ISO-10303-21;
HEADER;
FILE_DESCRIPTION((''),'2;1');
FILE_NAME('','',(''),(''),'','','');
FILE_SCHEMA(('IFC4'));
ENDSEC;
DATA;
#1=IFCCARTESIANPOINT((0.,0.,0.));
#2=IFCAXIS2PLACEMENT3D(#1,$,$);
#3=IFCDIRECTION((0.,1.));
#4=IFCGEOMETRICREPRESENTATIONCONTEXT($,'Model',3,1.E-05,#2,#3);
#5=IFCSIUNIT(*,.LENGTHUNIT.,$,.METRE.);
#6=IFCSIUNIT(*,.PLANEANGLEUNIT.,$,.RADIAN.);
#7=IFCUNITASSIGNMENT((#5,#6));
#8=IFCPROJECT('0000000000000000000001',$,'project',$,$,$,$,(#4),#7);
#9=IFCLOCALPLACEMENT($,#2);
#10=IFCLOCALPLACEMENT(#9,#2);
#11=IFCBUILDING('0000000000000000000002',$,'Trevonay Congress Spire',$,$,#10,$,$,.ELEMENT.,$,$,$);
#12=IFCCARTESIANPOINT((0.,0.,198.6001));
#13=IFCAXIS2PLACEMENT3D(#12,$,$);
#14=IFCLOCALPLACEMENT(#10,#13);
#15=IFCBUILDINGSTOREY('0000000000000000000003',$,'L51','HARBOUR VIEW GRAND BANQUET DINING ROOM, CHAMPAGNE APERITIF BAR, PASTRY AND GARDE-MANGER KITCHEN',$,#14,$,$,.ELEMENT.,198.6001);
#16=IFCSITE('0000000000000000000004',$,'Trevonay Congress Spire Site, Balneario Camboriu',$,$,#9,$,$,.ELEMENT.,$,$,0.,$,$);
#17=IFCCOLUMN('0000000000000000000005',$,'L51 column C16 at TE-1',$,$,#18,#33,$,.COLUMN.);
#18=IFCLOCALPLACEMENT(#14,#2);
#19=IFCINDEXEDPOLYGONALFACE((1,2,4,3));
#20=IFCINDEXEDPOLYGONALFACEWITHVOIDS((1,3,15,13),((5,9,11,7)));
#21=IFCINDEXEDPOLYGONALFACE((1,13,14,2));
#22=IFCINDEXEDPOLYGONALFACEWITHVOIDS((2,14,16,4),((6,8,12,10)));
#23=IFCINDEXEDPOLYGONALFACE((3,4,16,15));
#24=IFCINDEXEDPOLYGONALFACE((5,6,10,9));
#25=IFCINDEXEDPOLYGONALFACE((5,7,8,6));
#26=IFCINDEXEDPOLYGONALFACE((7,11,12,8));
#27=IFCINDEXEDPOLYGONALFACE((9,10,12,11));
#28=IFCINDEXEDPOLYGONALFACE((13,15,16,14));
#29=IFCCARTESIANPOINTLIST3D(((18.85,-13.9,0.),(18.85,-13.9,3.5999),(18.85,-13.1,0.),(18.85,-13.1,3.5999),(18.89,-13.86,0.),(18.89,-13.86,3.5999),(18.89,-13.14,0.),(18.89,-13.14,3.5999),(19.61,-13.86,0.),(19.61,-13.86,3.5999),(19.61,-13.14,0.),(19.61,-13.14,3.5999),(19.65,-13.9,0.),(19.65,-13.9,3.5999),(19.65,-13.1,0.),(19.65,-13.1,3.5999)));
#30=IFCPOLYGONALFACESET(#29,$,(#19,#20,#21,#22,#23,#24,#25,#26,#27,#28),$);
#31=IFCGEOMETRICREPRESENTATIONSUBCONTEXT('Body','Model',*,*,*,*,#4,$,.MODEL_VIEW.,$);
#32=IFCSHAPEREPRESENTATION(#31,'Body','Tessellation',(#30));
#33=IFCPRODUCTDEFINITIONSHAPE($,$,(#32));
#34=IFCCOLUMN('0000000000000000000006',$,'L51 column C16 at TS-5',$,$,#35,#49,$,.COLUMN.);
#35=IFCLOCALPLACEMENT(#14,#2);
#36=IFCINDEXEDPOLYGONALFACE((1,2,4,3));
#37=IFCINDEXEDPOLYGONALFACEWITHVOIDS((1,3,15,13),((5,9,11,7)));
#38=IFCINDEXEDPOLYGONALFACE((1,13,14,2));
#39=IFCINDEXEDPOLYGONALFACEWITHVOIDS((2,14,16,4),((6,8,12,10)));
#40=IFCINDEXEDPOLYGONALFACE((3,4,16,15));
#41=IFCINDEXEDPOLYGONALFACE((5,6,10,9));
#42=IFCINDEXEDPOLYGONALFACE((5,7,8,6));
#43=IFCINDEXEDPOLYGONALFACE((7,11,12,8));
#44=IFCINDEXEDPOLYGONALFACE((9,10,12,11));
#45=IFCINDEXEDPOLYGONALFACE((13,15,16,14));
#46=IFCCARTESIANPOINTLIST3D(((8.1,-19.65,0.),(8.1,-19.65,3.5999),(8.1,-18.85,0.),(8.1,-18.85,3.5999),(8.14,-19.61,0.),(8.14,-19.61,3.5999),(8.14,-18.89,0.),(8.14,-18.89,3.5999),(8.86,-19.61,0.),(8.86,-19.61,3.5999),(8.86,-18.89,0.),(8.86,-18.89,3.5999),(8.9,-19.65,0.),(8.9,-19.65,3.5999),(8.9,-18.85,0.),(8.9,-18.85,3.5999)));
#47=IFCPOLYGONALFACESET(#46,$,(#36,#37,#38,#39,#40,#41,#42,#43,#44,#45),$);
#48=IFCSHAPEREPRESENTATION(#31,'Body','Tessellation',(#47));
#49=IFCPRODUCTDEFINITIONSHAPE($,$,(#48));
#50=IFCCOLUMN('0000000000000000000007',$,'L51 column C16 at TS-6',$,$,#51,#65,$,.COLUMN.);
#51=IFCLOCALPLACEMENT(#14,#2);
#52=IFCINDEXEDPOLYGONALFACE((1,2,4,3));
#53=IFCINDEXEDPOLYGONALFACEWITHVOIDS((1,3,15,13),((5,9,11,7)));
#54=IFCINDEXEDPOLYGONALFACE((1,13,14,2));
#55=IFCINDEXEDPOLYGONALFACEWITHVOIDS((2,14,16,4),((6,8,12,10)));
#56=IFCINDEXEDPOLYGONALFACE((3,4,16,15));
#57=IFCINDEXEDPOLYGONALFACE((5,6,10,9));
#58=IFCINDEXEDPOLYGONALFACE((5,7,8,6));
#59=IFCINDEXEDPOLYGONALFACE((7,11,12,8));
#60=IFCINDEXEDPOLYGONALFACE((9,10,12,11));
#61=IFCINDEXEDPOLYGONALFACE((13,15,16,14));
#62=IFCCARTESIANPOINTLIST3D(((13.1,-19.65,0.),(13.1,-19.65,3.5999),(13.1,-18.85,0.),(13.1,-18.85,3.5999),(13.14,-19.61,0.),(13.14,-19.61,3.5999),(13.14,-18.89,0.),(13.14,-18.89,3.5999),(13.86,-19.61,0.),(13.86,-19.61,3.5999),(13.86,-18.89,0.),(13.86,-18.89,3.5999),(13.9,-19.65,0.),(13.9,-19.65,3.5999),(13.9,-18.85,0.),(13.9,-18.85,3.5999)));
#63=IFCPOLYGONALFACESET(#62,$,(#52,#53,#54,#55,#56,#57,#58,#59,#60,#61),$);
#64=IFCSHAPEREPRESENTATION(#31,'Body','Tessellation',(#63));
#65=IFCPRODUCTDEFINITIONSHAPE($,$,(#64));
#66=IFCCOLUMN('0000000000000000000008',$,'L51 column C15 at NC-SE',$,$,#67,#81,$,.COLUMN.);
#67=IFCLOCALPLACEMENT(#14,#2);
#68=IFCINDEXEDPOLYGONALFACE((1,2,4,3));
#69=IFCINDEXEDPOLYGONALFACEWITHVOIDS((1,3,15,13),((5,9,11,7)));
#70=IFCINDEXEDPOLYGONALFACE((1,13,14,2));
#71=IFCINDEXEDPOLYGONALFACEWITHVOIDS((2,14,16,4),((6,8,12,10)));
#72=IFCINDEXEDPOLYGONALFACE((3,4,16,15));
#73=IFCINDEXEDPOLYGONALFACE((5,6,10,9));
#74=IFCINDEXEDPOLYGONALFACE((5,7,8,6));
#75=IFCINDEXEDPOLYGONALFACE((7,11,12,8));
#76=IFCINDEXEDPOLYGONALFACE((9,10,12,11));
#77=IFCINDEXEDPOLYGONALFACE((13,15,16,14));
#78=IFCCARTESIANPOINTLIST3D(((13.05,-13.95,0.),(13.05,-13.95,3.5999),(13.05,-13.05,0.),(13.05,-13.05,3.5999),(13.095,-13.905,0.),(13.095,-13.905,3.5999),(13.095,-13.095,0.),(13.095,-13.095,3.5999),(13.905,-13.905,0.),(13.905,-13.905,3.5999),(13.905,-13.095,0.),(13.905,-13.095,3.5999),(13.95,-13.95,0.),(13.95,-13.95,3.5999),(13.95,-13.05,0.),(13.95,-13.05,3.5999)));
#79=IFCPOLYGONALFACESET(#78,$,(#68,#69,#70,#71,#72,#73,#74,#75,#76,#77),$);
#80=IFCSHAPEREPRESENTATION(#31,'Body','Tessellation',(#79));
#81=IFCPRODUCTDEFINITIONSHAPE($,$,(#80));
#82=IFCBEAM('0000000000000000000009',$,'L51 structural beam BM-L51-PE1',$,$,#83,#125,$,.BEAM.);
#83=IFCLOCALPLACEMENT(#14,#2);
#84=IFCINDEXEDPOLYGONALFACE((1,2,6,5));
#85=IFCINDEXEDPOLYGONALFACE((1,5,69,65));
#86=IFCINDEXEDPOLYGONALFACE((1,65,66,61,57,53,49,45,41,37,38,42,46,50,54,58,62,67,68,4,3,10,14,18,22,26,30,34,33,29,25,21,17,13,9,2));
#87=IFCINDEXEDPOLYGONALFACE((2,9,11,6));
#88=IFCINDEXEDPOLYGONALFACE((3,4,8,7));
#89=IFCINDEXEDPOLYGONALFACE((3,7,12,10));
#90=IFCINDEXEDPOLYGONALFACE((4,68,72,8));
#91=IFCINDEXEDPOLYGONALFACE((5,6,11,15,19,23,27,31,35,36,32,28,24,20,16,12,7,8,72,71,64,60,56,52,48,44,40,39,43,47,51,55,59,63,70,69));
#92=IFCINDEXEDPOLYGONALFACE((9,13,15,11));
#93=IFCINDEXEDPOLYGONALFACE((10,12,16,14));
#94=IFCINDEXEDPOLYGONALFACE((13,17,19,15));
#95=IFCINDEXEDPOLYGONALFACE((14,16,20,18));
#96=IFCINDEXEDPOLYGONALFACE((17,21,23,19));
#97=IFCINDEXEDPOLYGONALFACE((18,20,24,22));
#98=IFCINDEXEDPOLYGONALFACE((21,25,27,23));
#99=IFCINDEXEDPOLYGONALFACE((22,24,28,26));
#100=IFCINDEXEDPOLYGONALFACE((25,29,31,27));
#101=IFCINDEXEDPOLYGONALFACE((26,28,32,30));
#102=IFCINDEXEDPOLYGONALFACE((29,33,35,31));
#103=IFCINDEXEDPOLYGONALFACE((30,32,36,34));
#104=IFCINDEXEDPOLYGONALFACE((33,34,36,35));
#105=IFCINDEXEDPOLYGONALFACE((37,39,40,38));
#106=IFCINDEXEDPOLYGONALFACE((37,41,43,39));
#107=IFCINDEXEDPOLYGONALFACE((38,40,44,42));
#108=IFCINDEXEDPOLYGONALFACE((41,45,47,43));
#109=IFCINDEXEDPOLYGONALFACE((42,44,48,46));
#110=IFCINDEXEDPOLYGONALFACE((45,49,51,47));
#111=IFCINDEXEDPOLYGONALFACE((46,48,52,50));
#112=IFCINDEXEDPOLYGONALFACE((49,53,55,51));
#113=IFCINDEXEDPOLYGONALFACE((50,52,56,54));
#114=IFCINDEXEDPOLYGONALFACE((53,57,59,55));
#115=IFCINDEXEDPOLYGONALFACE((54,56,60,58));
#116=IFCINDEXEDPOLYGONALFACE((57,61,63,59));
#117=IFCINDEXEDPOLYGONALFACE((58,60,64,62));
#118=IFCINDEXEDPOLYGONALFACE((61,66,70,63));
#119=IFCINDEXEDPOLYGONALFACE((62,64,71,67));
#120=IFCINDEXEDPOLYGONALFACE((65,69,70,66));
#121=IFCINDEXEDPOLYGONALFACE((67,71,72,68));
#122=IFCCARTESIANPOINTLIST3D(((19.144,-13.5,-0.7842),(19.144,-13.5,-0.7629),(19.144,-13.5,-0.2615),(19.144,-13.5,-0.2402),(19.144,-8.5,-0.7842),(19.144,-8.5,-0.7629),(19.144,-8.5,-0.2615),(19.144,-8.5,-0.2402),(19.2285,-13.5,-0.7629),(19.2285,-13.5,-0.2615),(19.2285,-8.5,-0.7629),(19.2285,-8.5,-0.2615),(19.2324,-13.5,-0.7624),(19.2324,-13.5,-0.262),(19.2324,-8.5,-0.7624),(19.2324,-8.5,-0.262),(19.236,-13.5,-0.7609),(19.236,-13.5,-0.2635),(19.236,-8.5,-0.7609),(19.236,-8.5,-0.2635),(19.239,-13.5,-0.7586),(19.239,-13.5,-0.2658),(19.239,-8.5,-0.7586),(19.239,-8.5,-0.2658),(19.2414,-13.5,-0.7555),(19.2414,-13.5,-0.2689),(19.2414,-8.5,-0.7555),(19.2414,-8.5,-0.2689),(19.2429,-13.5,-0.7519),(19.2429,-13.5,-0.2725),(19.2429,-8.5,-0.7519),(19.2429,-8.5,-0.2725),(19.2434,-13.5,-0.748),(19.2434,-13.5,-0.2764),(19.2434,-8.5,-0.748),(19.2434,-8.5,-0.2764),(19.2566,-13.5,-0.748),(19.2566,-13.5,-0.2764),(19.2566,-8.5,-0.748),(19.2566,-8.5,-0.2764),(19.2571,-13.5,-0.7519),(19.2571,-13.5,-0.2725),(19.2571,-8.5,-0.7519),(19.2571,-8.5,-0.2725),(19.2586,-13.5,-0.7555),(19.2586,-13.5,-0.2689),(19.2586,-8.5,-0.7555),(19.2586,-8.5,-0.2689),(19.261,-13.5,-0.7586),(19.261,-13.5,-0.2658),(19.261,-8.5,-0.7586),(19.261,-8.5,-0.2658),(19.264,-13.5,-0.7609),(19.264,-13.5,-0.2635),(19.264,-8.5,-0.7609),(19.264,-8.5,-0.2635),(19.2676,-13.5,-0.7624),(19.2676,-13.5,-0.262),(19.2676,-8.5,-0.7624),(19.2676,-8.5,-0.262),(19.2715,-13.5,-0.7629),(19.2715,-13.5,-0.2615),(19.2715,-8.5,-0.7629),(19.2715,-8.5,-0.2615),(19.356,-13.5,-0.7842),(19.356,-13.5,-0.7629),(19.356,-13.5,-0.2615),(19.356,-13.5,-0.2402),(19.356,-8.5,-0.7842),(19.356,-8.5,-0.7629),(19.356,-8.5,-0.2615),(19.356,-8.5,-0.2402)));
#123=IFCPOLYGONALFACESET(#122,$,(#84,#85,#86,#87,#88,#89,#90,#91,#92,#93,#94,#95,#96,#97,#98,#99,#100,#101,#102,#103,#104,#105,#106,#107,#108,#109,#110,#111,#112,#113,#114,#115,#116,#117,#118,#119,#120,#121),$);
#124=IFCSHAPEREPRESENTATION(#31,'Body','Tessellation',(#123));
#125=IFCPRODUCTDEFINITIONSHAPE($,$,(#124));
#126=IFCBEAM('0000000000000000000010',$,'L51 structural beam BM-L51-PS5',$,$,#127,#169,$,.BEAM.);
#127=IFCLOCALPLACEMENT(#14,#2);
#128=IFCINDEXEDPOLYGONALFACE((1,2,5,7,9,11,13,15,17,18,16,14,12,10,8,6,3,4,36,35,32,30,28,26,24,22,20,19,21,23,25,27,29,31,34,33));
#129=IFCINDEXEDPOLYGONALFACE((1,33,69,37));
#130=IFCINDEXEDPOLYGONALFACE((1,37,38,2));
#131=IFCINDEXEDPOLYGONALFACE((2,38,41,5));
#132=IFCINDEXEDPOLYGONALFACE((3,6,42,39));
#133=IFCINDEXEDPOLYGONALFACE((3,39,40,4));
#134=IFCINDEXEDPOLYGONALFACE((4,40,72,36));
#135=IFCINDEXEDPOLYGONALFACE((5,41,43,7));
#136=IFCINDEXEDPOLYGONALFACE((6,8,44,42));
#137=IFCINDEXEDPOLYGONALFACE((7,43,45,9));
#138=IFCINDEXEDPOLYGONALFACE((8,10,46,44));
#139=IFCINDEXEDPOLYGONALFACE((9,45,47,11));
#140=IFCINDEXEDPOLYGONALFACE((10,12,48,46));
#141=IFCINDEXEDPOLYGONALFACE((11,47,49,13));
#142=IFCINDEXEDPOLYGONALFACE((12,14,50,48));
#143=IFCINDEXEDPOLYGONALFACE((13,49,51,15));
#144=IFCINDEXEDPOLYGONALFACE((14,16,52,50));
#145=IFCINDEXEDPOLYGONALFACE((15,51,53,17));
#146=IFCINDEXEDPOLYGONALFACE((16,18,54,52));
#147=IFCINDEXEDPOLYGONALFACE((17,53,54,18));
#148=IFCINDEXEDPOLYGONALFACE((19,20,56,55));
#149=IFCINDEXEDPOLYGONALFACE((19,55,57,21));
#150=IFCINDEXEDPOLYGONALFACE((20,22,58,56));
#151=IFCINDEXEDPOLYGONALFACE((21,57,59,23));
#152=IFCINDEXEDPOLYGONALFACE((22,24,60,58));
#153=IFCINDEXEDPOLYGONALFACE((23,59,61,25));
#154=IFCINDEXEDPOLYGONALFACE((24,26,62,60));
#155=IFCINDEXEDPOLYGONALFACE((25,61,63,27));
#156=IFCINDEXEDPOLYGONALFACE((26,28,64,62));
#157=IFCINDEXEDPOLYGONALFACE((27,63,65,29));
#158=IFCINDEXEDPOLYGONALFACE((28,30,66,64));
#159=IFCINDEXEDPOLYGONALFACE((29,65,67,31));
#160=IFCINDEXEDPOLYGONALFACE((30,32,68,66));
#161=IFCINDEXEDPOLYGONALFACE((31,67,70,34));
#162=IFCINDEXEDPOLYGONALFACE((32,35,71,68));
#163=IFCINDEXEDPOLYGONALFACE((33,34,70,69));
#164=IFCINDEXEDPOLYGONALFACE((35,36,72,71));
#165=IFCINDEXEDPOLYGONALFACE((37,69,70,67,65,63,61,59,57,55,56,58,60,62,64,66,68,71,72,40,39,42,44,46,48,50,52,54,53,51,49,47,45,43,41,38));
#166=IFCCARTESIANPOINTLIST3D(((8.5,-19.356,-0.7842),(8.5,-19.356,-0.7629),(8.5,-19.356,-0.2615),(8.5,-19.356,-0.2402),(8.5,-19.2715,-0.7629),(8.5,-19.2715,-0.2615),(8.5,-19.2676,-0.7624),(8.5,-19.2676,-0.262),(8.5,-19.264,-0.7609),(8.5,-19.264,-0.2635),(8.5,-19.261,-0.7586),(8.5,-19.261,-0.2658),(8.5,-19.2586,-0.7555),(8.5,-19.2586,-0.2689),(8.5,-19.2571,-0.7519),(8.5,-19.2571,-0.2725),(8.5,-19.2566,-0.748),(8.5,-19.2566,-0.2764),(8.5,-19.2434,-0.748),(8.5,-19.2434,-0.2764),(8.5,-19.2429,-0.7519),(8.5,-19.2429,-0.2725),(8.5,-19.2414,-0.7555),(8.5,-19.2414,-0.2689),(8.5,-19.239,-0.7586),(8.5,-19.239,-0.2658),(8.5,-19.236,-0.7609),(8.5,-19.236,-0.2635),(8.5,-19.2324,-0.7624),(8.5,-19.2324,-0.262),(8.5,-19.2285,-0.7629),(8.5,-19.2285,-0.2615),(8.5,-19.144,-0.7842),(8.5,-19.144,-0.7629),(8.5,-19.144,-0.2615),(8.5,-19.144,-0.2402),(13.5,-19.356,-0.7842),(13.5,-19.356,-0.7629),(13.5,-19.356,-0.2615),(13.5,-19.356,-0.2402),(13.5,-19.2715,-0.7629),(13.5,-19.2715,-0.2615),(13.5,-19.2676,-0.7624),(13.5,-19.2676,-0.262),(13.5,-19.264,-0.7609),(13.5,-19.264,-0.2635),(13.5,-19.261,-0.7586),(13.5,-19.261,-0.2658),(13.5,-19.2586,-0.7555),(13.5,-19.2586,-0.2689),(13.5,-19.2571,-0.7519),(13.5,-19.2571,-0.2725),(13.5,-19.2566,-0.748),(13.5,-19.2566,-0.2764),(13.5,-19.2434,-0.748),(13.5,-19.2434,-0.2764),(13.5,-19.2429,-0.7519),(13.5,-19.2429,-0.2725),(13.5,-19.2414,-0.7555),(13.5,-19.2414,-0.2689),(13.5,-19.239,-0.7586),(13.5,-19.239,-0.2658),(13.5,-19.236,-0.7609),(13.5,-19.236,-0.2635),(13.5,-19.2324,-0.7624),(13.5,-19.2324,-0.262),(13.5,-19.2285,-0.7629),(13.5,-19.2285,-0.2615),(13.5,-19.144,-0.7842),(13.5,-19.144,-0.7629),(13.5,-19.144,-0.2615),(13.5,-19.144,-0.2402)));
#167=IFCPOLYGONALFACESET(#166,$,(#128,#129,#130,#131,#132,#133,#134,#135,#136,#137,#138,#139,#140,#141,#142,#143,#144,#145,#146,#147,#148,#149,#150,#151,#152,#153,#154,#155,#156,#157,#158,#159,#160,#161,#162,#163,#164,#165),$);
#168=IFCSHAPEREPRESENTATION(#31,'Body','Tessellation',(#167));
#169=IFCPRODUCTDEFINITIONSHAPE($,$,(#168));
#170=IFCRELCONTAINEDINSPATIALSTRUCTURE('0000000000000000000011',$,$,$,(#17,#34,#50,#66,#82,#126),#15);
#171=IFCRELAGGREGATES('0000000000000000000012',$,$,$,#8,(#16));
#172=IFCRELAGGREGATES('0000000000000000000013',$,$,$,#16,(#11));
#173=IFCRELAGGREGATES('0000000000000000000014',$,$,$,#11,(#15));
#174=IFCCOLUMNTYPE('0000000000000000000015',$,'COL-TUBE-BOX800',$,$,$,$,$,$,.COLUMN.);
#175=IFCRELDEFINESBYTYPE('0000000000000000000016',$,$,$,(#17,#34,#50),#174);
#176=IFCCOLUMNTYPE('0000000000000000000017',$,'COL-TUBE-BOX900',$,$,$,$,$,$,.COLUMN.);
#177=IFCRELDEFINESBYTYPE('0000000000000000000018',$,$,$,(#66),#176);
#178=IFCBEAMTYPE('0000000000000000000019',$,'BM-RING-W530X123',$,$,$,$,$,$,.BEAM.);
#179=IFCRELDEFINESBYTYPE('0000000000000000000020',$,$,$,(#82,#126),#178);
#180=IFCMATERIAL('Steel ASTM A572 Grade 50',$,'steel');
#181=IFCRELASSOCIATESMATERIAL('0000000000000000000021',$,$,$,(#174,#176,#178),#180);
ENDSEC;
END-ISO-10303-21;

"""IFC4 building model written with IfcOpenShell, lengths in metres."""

from ifc_helpers import new_model, si_unit, direction, frame, origin, origin_2d, place, context, subcontext, project, spatial, hollow_rectangle, i_section, extrude, material, material_profile, profile_set, type_object, element, save


model = new_model("IFC4")

# Units and contexts
model_context = context("Model", 3, precision=1e-05, world=origin(), true_north=direction((0.0, 1.0)))
body_context = subcontext(model_context, "Body", "Model", "MODEL_VIEW")
ifc_project = project(units=[si_unit("LENGTHUNIT", "METRE"), si_unit("PLANEANGLEUNIT", "RADIAN")], contexts=[model_context])

# Site, building, storey
site_placement = place(None, origin())
site = spatial("IfcSite", under=ifc_project, at=site_placement, Name="Trevonay Congress Spire Site, Balneario Camboriu", CompositionType="ELEMENT", RefElevation=0.0)
building_placement = place(site_placement, origin())
building = spatial("IfcBuilding", under=site, at=building_placement, Name="Trevonay Congress Spire", CompositionType="ELEMENT")
storey_placement = place(building_placement, frame((0.0, 0.0, 198.6001)))
storey = spatial("IfcBuildingStorey", under=building, at=storey_placement, Name="L51", Description="HARBOUR VIEW GRAND BANQUET DINING ROOM, CHAMPAGNE APERITIF BAR, PASTRY AND GARDE-MANGER KITCHEN", CompositionType="ELEMENT", Elevation=198.6001)

# Columns
ifc_material_1 = material(Name="Steel ASTM A572 Grade 50", Category="steel")
ifc_material_profile_1 = material_profile(ifc_material_1, hollow_rectangle(XDim=0.8, YDim=0.8, WallThickness=0.04, at=origin_2d()), Name="BOX 800x800x40")
ifc_profile_set_1 = profile_set([ifc_material_profile_1], Name="Steel ASTM A572 Grade 50")
column_type_1 = type_object("IfcColumnType", Name="COL-TUBE-BOX800", PredefinedType="COLUMN", material=ifc_profile_set_1)
for number, where, z_axis, x_axis, name in (
    (1, (19.25, -13.5, 0.0), (0.0, 0.0, 1.0), (1.0, 0.0, 0.0), "L51 column C16 at TE-1"),
    (2, (8.5, -19.25, 0.0), (0.0, 0.0, 1.0), (1.0, 0.0, 0.0), "L51 column C16 at TS-5"),
    (3, (13.5, -19.25, 0.0), (0.0, 0.0, 1.0), (1.0, 0.0, 0.0), "L51 column C16 at TS-6"),
):
    element("IfcColumn", number, at=place(storey_placement, frame(where, z_axis=z_axis, x_axis=x_axis)), inside=storey, type_object=column_type_1, Name=name, PredefinedType="COLUMN", context=body_context, shape_type="SweptSolid", body=[
        extrude(hollow_rectangle(XDim=0.8, YDim=0.8, WallThickness=0.04, at=origin_2d()), origin(), (0.0, 0.0, 1.0), 3.5999),
    ])
ifc_material_profile_2 = material_profile(ifc_material_1, hollow_rectangle(XDim=0.8999, YDim=0.8999, WallThickness=0.0449, at=origin_2d()), Name="BOX 900x900x45")
ifc_profile_set_2 = profile_set([ifc_material_profile_2], Name="Steel ASTM A572 Grade 50")
column_type_2 = type_object("IfcColumnType", Name="COL-TUBE-BOX900", PredefinedType="COLUMN", material=ifc_profile_set_2)
column_placement = place(storey_placement, frame((13.5, -13.5, 0.0), z_axis=(0.0, 0.0, 1.0), x_axis=(1.0, 0.0, 0.0)))
element("IfcColumn", 4, at=column_placement, inside=storey, type_object=column_type_2, Name="L51 column C15 at NC-SE", PredefinedType="COLUMN", context=body_context, shape_type="SweptSolid", body=[
    extrude(hollow_rectangle(XDim=0.8999, YDim=0.8999, WallThickness=0.0449, at=origin_2d()), origin(), (0.0, 0.0, 1.0), 3.5999),
])

# Beams
ifc_material_profile_3 = material_profile(ifc_material_1, i_section(OverallWidth=0.2119, OverallDepth=0.5439, WebThickness=0.0132, FlangeThickness=0.0212, FilletRadius=0.0149, at=origin_2d()), Name="W530x123")
ifc_profile_set_3 = profile_set([ifc_material_profile_3], Name="Steel ASTM A572 Grade 50")
beam_type_1 = type_object("IfcBeamType", Name="BM-RING-W530X123", PredefinedType="BEAM", material=ifc_profile_set_3)
for number, where, z_axis, x_axis, name in (
    (5, (19.25, -13.5, -0.5122), (0.0, 1.0, 0.0), (-1.0, 0.0, 0.0), "L51 structural beam BM-L51-PE1"),
    (6, (8.5, -19.25, -0.5122), (1.0, 0.0, 0.0), (0.0, 1.0, 0.0), "L51 structural beam BM-L51-PS5"),
):
    element("IfcBeam", number, at=place(storey_placement, frame(where, z_axis=z_axis, x_axis=x_axis)), inside=storey, type_object=beam_type_1, Name=name, PredefinedType="BEAM", context=body_context, shape_type="SweptSolid", body=[
        extrude(i_section(OverallWidth=0.2119, OverallDepth=0.5439, WebThickness=0.0132, FlangeThickness=0.0212, FilletRadius=0.0149, at=origin_2d()), origin(), (0.0, 0.0, 1.0), 5.0),
    ])

save(model, "model.ifc")
